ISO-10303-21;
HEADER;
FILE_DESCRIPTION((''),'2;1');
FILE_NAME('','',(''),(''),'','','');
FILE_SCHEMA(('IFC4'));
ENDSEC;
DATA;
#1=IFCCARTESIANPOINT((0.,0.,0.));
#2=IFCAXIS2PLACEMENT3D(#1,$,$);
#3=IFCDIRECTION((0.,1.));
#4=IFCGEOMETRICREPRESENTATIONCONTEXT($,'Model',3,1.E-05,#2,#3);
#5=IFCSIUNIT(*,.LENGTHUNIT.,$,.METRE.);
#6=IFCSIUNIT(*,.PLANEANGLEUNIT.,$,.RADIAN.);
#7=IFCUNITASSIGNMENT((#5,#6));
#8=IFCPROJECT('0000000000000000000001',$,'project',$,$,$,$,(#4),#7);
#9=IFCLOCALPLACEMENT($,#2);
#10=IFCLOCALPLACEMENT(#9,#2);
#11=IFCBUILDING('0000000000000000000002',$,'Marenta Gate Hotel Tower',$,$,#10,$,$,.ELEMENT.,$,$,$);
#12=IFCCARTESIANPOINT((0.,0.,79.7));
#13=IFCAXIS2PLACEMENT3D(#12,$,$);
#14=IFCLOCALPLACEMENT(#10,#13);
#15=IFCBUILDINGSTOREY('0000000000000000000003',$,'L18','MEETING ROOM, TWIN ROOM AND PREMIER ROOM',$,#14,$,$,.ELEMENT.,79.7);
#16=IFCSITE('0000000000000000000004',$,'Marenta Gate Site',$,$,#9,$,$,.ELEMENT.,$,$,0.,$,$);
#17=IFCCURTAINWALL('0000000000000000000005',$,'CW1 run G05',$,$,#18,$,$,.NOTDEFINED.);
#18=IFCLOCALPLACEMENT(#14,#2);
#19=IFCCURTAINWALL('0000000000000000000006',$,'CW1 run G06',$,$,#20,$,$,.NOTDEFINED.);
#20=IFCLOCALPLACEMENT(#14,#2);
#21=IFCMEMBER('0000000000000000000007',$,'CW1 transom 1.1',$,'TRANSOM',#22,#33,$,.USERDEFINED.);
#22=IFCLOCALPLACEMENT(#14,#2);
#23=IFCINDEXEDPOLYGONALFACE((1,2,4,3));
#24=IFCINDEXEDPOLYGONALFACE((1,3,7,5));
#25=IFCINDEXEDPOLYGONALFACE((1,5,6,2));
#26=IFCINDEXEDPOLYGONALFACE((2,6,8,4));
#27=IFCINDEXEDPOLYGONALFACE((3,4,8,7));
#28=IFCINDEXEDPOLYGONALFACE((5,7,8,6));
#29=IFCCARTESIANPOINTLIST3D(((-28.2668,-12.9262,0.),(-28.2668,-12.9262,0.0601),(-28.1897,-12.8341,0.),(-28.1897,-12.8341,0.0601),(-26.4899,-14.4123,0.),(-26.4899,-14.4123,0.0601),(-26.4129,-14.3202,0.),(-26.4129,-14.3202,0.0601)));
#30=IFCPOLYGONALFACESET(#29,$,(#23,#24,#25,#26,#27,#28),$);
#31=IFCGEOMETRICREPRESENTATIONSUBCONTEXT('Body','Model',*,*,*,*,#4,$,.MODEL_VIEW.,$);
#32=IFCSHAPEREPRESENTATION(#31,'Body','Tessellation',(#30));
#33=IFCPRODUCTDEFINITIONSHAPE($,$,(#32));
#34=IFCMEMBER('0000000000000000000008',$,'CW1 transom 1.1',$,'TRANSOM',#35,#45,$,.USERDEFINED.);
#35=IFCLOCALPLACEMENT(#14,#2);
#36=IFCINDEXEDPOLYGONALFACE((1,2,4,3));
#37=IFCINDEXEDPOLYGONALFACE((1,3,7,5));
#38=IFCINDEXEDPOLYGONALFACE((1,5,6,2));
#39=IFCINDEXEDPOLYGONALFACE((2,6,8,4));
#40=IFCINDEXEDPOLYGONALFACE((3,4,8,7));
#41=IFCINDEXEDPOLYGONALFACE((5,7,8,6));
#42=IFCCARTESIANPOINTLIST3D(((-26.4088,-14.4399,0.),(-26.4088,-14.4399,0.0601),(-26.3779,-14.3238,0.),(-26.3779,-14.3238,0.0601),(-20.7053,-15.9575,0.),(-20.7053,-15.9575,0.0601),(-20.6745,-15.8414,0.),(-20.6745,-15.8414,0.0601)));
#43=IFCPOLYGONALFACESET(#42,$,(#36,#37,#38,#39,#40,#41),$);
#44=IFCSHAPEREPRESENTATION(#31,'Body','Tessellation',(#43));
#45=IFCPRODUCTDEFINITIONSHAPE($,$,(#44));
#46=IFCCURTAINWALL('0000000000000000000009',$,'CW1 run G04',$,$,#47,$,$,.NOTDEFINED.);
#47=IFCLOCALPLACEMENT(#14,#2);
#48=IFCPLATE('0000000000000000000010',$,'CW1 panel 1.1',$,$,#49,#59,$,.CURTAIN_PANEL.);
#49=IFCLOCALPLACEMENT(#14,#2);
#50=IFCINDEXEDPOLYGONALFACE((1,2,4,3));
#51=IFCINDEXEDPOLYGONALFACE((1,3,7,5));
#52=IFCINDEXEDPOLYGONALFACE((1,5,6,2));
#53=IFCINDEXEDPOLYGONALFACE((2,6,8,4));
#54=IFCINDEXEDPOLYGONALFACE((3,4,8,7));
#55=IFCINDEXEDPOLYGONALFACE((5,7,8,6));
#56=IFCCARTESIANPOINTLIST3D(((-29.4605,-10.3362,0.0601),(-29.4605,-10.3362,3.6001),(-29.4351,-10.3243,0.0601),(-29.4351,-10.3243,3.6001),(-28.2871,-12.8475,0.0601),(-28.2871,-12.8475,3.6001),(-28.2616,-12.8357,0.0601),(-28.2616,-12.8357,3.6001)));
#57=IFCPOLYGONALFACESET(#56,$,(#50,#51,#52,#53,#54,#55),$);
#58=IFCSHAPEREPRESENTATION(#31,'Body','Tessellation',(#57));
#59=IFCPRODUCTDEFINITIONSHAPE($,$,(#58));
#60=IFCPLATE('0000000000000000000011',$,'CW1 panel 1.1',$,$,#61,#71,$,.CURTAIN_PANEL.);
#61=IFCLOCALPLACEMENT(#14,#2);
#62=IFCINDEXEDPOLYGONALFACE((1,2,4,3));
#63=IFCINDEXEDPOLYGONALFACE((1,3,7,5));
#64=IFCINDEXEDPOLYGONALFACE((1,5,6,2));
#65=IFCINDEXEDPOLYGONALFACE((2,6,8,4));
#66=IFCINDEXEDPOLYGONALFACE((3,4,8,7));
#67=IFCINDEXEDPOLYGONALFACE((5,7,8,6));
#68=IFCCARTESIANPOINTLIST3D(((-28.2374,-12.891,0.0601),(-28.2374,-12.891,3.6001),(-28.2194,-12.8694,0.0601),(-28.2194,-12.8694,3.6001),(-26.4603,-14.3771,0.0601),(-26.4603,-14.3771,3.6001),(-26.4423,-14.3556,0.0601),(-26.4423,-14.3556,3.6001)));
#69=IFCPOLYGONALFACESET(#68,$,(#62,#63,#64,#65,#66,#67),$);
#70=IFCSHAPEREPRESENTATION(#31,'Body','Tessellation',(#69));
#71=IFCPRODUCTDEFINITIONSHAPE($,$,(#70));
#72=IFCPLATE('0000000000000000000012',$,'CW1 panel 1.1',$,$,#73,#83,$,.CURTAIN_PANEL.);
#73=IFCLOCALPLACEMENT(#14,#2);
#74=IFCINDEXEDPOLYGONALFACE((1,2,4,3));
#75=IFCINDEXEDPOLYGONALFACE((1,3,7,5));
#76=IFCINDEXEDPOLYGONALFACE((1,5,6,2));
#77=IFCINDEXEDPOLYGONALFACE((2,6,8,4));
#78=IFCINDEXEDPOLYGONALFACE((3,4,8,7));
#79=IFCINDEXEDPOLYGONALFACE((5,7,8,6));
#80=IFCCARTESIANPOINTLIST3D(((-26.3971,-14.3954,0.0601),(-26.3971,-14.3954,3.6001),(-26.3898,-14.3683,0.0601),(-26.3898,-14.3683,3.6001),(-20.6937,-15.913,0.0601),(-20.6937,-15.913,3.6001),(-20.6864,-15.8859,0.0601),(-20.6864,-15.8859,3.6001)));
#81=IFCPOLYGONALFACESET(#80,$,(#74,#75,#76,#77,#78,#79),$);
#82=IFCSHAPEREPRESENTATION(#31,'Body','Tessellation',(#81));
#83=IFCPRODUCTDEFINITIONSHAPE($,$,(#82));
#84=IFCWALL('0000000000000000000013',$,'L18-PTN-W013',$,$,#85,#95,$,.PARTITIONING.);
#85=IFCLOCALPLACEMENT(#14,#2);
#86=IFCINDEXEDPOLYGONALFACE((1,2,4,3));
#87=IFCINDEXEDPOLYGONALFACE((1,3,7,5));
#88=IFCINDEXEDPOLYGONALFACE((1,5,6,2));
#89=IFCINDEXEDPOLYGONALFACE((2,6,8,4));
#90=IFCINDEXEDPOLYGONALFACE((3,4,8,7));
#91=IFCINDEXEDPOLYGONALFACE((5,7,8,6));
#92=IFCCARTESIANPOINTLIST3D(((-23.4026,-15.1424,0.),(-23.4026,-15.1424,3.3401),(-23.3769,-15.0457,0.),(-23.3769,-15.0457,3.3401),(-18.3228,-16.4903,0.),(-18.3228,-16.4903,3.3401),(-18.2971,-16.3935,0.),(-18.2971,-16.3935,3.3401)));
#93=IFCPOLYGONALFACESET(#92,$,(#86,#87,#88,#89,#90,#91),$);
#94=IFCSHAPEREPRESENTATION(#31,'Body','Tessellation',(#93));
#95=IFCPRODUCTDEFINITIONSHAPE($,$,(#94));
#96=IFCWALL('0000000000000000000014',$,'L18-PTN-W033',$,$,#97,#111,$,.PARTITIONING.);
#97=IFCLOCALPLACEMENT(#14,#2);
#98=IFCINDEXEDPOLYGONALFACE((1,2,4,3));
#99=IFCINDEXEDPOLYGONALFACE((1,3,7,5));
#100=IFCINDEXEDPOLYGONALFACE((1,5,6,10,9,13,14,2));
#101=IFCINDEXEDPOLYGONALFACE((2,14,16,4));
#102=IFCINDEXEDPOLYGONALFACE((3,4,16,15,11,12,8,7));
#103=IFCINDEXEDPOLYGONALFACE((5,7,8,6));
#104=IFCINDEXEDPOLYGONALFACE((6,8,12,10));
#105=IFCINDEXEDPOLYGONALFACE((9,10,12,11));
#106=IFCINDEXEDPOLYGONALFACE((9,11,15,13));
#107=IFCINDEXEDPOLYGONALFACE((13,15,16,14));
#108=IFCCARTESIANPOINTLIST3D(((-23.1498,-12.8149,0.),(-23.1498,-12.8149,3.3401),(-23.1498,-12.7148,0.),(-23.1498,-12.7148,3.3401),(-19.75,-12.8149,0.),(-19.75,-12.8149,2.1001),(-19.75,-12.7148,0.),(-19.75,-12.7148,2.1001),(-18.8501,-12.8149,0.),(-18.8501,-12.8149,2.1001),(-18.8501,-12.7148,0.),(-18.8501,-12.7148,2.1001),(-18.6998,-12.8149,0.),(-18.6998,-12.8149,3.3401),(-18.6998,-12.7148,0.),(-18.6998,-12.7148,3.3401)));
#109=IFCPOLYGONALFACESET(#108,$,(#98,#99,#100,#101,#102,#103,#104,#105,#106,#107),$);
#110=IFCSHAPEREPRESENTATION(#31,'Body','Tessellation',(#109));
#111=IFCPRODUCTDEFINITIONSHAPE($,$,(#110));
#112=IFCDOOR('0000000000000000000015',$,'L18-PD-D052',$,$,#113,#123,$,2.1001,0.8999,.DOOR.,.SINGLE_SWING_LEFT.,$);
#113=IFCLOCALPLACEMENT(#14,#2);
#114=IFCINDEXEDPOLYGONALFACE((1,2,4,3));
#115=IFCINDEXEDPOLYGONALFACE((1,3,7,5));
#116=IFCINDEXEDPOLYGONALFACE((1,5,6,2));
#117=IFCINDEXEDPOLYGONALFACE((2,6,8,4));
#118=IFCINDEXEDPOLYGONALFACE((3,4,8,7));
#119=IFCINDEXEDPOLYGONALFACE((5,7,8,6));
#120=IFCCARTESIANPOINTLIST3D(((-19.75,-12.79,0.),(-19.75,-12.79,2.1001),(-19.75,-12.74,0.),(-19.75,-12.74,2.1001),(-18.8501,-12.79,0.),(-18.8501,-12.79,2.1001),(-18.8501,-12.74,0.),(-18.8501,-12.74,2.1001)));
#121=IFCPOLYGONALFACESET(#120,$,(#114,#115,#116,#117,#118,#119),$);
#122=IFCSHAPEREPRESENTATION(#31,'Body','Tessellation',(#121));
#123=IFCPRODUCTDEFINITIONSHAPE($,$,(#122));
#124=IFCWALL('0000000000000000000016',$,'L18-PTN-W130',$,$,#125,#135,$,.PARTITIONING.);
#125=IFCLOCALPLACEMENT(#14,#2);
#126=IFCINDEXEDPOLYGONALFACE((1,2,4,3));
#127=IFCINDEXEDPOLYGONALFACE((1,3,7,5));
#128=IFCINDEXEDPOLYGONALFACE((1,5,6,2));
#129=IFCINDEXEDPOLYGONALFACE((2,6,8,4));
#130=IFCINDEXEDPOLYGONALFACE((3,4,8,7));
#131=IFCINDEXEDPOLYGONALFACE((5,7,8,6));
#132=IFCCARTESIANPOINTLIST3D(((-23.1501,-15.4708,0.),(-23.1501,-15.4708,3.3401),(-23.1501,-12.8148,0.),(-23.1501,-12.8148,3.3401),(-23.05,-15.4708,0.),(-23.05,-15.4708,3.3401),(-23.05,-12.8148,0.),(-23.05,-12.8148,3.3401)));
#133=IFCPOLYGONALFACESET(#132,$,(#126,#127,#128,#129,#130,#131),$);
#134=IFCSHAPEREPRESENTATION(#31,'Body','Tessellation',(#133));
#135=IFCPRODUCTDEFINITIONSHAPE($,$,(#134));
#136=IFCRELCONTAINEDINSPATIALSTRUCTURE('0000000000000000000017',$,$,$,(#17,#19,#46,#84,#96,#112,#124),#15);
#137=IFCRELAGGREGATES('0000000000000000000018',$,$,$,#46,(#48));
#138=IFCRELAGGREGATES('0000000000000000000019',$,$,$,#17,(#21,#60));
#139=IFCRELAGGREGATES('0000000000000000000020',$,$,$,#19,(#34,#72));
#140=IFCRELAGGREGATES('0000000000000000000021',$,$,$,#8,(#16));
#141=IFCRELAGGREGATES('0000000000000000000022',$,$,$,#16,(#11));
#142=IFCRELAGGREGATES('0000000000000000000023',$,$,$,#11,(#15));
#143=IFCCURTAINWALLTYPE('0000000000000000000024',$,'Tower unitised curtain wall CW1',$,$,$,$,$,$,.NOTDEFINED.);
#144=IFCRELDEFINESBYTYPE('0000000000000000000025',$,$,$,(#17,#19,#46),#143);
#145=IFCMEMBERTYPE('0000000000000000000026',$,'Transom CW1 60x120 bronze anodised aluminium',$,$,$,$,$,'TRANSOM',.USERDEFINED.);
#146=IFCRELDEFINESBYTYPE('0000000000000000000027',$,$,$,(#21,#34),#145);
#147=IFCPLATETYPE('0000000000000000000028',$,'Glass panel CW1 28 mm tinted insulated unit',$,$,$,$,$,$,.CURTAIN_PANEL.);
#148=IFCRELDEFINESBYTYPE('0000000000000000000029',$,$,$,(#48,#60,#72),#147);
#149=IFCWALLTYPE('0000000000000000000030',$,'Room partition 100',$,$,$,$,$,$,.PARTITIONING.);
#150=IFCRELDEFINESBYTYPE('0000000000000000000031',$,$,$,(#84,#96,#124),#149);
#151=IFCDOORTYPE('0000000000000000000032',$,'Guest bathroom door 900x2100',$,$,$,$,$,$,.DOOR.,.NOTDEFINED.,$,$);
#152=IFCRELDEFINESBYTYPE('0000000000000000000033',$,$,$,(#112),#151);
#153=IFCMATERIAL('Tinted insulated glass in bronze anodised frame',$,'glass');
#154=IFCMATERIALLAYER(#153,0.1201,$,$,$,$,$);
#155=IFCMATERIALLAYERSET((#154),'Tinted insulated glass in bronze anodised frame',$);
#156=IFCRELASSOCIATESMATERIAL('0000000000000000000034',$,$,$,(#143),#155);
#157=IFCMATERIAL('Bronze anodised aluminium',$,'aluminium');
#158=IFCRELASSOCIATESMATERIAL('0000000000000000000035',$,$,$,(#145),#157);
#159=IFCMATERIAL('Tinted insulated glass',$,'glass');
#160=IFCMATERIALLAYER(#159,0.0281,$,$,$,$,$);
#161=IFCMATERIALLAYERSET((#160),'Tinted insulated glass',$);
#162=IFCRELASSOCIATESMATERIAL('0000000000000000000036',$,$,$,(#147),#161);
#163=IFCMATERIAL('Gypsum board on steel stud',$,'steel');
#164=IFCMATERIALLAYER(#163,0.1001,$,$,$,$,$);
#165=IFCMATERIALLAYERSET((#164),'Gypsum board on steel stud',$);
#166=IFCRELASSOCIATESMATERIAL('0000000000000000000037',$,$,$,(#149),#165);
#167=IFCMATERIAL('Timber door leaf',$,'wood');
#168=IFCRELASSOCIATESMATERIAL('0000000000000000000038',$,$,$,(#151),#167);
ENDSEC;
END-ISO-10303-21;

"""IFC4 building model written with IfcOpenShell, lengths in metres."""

from ifc_helpers import new_model, si_unit, direction, frame, frame_2d, origin, origin_2d, place, context, subcontext, project, spatial, rectangle, extrude, material, layer, layer_set, material_profile, profile_set, type_object, element, fill, aggregate, save


model = new_model("IFC4")

# Units and contexts
model_context = context("Model", 3, precision=1e-05, world=origin(), true_north=direction((0.0, 1.0)))
body_context = subcontext(model_context, "Body", "Model", "MODEL_VIEW")
ifc_project = project(units=[si_unit("LENGTHUNIT", "METRE"), si_unit("PLANEANGLEUNIT", "RADIAN")], contexts=[model_context])

# Site, building, storey
site_placement = place(None, origin())
site = spatial("IfcSite", under=ifc_project, at=site_placement, Name="Marenta Gate Site", CompositionType="ELEMENT", RefElevation=0.0)
building_placement = place(site_placement, origin())
building = spatial("IfcBuilding", under=site, at=building_placement, Name="Marenta Gate Hotel Tower", CompositionType="ELEMENT")
storey_placement = place(building_placement, frame((0.0, 0.0, 79.7)))
storey = spatial("IfcBuildingStorey", under=building, at=storey_placement, Name="L18", Description="MEETING ROOM, TWIN ROOM AND PREMIER ROOM", CompositionType="ELEMENT", Elevation=79.7)

# Curtain walls
ifc_material_1 = material(Name="Tinted insulated glass in bronze anodised frame", Category="glass")
ifc_layer_1 = layer(ifc_material_1, 0.1201)
ifc_layer_set_1 = layer_set([ifc_layer_1], Name="Tinted insulated glass in bronze anodised frame")
curtain_wall_type = type_object("IfcCurtainWallType", Name="Tower unitised curtain wall CW1", PredefinedType="NOTDEFINED", material=ifc_layer_set_1)
curtain_wall_1_placement = place(storey_placement, origin())
curtain_wall_1 = element("IfcCurtainWall", 1, at=curtain_wall_1_placement, inside=storey, type_object=curtain_wall_type, Name="CW1 run G05", PredefinedType="NOTDEFINED")
curtain_wall_2_placement = place(storey_placement, origin())
curtain_wall_2 = element("IfcCurtainWall", 2, at=curtain_wall_2_placement, inside=storey, type_object=curtain_wall_type, Name="CW1 run G06", PredefinedType="NOTDEFINED")

# Members
ifc_material_2 = material(Name="Bronze anodised aluminium", Category="aluminium")
ifc_material_profile_1 = material_profile(ifc_material_2, rectangle(XDim=0.1201, YDim=0.0601, at=origin_2d()), Name="Transom CW1 60x120 bronze anodised aluminium")
ifc_profile_set_1 = profile_set([ifc_material_profile_1], Name="Bronze anodised aluminium")
member_type_1 = type_object("IfcMemberType", Name="Transom CW1 60x120 bronze anodised aluminium", ElementType="TRANSOM", PredefinedType="USERDEFINED", material=ifc_profile_set_1)
member_1_placement = place(storey_placement, frame((-28.2283, -12.8801, 0.03), z_axis=(0.76708, -0.641552, 0.0), x_axis=(0.641552, 0.76708, 0.0)))
member_1 = element("IfcMember", 3, at=member_1_placement, type_object=member_type_1, Name="CW1 transom 1.1", ObjectType="TRANSOM", PredefinedType="USERDEFINED", context=body_context, shape_type="SweptSolid", body=[
    extrude(rectangle(XDim=0.1201, YDim=0.0601, at=origin_2d()), origin(), (0.0, 0.0, 1.0), 2.3164),
])
member_2_placement = place(storey_placement, frame((-26.3933, -14.3818, 0.03), z_axis=(0.966375, -0.257137, 0.0), x_axis=(0.257137, 0.966375, 0.0)))
member_2 = element("IfcMember", 4, at=member_2_placement, type_object=member_type_1, Name="CW1 transom 1.1", ObjectType="TRANSOM", PredefinedType="USERDEFINED", context=body_context, shape_type="SweptSolid", body=[
    extrude(rectangle(XDim=0.1201, YDim=0.0601, at=origin_2d()), origin(), (0.0, 0.0, 1.0), 5.9019),
])

# Curtain wall, plate
curtain_wall_3_placement = place(storey_placement, origin())
curtain_wall_3 = element("IfcCurtainWall", 5, at=curtain_wall_3_placement, inside=storey, type_object=curtain_wall_type, Name="CW1 run G04", PredefinedType="NOTDEFINED")
ifc_material_3 = material(Name="Tinted insulated glass", Category="glass")
ifc_layer_2 = layer(ifc_material_3, 0.0281)
ifc_layer_set_2 = layer_set([ifc_layer_2], Name="Tinted insulated glass")
plate_type = type_object("IfcPlateType", Name="Glass panel CW1 28 mm tinted insulated unit", PredefinedType="CURTAIN_PANEL", material=ifc_layer_set_2)
plate_1_placement = place(storey_placement, frame((-28.8611, -11.5859, 0.0601), z_axis=(0.0, 0.0, 1.0), x_axis=(0.423342, -0.90597, 0.0)))
plate_1 = element("IfcPlate", 6, at=plate_1_placement, type_object=plate_type, Name="CW1 panel 1.1", PredefinedType="CURTAIN_PANEL", context=body_context, shape_type="SweptSolid", body=[
    extrude(rectangle(XDim=2.772, YDim=0.0281, at=origin_2d()), origin(), (0.0, 0.0, 1.0), 3.54),
])
aggregate(curtain_wall_3, [plate_1])

# Plates
plate_2_placement = place(storey_placement, frame((-27.3398, -13.6233, 0.0601), z_axis=(0.0, 0.0, 1.0), x_axis=(0.767113, -0.641512, 0.0)))
plate_2 = element("IfcPlate", 7, at=plate_2_placement, type_object=plate_type, Name="CW1 panel 1.1", PredefinedType="CURTAIN_PANEL", context=body_context, shape_type="SweptSolid", body=[
    extrude(rectangle(XDim=2.3167, YDim=0.0281, at=origin_2d()), origin(), (0.0, 0.0, 1.0), 3.54),
])
aggregate(curtain_wall_1, [member_1, plate_2])
plate_3_placement = place(storey_placement, frame((-23.5417, -15.1406, 0.0601), z_axis=(0.0, 0.0, 1.0), x_axis=(0.966374, -0.257142, 0.0)))
plate_3 = element("IfcPlate", 8, at=plate_3_placement, type_object=plate_type, Name="CW1 panel 1.1", PredefinedType="CURTAIN_PANEL", context=body_context, shape_type="SweptSolid", body=[
    extrude(rectangle(XDim=5.9019, YDim=0.0281, at=origin_2d()), origin(), (0.0, 0.0, 1.0), 3.54),
])
aggregate(curtain_wall_2, [member_2, plate_3])

# Wall
ifc_material_4 = material(Name="Gypsum board on steel stud", Category="steel")
ifc_layer_3 = layer(ifc_material_4, 0.1001)
ifc_layer_set_3 = layer_set([ifc_layer_3], Name="Gypsum board on steel stud")
wall_type = type_object("IfcWallType", Name="Room partition 100", PredefinedType="PARTITIONING", material=ifc_layer_set_3)
wall_1_placement = place(storey_placement, frame((-23.3899, -15.094, 0.0), z_axis=(0.0, 0.0, 1.0), x_axis=(0.966553, -0.256468, 0.0)))
element("IfcWall", 9, at=wall_1_placement, inside=storey, type_object=wall_type, Name="L18-PTN-W013", PredefinedType="PARTITIONING", context=body_context, shape_type="SweptSolid", body=[
    extrude(rectangle(XDim=5.2556, YDim=0.1001, at=frame_2d((2.6279, 0.0))), origin(), (0.0, 0.0, 1.0), 3.3401),
])

# Wall, opening, door
wall_2_placement = place(storey_placement, frame((-23.1499, -12.7649, 0.0), z_axis=(0.0, 0.0, 1.0), x_axis=(1.0, 0.0, 0.0)))
wall_2 = element("IfcWall", 10, at=wall_2_placement, inside=storey, type_object=wall_type, Name="L18-PTN-W033", PredefinedType="PARTITIONING", context=body_context, shape_type="SweptSolid", body=[
    extrude(rectangle(XDim=4.45, YDim=0.1001, at=frame_2d((2.2251, 0.0))), origin(), (0.0, 0.0, 1.0), 3.3401),
])
opening_placement = place(wall_2_placement, frame((3.3999, 0.0, 0.0)))
opening = element("IfcOpeningElement", 11, at=opening_placement, cuts=wall_2, PredefinedType="OPENING", context=body_context, shape_type="SweptSolid", body=[
    extrude(rectangle(XDim=0.8999, YDim=2.1001, at=frame_2d((0.45, 1.05))), frame((0.0, 0.05, 0.0), z_axis=(0.0, -1.0, 0.0), x_axis=(1.0, 0.0, 0.0)), (0.0, 0.0, 1.0), 0.1001),
])
ifc_material_5 = material(Name="Timber door leaf", Category="wood")
door_type = type_object("IfcDoorType", Name="Guest bathroom door 900x2100", OperationType="NOTDEFINED", PredefinedType="DOOR", material=ifc_material_5)
door_placement = place(opening_placement, origin())
door = element("IfcDoor", 12, at=door_placement, inside=storey, type_object=door_type, Name="L18-PD-D052", OperationType="SINGLE_SWING_LEFT", OverallHeight=2.1001, OverallWidth=0.8999, PredefinedType="DOOR", context=body_context, shape_type="SweptSolid", body=[
    extrude(rectangle(XDim=0.8999, YDim=2.1001, at=frame_2d((0.45, 1.05))), frame((0.0, 0.0249, 0.0), z_axis=(0.0, -1.0, 0.0), x_axis=(1.0, 0.0, 0.0)), (0.0, 0.0, 1.0), 0.05),
])
fill(opening, door)

# Wall
wall_3_placement = place(storey_placement, frame((-23.1001, -15.4709, 0.0), z_axis=(0.0, 0.0, 1.0), x_axis=(0.0, 1.0, 0.0)))
element("IfcWall", 13, at=wall_3_placement, inside=storey, type_object=wall_type, Name="L18-PTN-W130", PredefinedType="PARTITIONING", context=body_context, shape_type="SweptSolid", body=[
    extrude(rectangle(XDim=2.656, YDim=0.1001, at=frame_2d((1.3281, 0.0))), origin(), (0.0, 0.0, 1.0), 3.3401),
])

save(model, "model.ifc")
